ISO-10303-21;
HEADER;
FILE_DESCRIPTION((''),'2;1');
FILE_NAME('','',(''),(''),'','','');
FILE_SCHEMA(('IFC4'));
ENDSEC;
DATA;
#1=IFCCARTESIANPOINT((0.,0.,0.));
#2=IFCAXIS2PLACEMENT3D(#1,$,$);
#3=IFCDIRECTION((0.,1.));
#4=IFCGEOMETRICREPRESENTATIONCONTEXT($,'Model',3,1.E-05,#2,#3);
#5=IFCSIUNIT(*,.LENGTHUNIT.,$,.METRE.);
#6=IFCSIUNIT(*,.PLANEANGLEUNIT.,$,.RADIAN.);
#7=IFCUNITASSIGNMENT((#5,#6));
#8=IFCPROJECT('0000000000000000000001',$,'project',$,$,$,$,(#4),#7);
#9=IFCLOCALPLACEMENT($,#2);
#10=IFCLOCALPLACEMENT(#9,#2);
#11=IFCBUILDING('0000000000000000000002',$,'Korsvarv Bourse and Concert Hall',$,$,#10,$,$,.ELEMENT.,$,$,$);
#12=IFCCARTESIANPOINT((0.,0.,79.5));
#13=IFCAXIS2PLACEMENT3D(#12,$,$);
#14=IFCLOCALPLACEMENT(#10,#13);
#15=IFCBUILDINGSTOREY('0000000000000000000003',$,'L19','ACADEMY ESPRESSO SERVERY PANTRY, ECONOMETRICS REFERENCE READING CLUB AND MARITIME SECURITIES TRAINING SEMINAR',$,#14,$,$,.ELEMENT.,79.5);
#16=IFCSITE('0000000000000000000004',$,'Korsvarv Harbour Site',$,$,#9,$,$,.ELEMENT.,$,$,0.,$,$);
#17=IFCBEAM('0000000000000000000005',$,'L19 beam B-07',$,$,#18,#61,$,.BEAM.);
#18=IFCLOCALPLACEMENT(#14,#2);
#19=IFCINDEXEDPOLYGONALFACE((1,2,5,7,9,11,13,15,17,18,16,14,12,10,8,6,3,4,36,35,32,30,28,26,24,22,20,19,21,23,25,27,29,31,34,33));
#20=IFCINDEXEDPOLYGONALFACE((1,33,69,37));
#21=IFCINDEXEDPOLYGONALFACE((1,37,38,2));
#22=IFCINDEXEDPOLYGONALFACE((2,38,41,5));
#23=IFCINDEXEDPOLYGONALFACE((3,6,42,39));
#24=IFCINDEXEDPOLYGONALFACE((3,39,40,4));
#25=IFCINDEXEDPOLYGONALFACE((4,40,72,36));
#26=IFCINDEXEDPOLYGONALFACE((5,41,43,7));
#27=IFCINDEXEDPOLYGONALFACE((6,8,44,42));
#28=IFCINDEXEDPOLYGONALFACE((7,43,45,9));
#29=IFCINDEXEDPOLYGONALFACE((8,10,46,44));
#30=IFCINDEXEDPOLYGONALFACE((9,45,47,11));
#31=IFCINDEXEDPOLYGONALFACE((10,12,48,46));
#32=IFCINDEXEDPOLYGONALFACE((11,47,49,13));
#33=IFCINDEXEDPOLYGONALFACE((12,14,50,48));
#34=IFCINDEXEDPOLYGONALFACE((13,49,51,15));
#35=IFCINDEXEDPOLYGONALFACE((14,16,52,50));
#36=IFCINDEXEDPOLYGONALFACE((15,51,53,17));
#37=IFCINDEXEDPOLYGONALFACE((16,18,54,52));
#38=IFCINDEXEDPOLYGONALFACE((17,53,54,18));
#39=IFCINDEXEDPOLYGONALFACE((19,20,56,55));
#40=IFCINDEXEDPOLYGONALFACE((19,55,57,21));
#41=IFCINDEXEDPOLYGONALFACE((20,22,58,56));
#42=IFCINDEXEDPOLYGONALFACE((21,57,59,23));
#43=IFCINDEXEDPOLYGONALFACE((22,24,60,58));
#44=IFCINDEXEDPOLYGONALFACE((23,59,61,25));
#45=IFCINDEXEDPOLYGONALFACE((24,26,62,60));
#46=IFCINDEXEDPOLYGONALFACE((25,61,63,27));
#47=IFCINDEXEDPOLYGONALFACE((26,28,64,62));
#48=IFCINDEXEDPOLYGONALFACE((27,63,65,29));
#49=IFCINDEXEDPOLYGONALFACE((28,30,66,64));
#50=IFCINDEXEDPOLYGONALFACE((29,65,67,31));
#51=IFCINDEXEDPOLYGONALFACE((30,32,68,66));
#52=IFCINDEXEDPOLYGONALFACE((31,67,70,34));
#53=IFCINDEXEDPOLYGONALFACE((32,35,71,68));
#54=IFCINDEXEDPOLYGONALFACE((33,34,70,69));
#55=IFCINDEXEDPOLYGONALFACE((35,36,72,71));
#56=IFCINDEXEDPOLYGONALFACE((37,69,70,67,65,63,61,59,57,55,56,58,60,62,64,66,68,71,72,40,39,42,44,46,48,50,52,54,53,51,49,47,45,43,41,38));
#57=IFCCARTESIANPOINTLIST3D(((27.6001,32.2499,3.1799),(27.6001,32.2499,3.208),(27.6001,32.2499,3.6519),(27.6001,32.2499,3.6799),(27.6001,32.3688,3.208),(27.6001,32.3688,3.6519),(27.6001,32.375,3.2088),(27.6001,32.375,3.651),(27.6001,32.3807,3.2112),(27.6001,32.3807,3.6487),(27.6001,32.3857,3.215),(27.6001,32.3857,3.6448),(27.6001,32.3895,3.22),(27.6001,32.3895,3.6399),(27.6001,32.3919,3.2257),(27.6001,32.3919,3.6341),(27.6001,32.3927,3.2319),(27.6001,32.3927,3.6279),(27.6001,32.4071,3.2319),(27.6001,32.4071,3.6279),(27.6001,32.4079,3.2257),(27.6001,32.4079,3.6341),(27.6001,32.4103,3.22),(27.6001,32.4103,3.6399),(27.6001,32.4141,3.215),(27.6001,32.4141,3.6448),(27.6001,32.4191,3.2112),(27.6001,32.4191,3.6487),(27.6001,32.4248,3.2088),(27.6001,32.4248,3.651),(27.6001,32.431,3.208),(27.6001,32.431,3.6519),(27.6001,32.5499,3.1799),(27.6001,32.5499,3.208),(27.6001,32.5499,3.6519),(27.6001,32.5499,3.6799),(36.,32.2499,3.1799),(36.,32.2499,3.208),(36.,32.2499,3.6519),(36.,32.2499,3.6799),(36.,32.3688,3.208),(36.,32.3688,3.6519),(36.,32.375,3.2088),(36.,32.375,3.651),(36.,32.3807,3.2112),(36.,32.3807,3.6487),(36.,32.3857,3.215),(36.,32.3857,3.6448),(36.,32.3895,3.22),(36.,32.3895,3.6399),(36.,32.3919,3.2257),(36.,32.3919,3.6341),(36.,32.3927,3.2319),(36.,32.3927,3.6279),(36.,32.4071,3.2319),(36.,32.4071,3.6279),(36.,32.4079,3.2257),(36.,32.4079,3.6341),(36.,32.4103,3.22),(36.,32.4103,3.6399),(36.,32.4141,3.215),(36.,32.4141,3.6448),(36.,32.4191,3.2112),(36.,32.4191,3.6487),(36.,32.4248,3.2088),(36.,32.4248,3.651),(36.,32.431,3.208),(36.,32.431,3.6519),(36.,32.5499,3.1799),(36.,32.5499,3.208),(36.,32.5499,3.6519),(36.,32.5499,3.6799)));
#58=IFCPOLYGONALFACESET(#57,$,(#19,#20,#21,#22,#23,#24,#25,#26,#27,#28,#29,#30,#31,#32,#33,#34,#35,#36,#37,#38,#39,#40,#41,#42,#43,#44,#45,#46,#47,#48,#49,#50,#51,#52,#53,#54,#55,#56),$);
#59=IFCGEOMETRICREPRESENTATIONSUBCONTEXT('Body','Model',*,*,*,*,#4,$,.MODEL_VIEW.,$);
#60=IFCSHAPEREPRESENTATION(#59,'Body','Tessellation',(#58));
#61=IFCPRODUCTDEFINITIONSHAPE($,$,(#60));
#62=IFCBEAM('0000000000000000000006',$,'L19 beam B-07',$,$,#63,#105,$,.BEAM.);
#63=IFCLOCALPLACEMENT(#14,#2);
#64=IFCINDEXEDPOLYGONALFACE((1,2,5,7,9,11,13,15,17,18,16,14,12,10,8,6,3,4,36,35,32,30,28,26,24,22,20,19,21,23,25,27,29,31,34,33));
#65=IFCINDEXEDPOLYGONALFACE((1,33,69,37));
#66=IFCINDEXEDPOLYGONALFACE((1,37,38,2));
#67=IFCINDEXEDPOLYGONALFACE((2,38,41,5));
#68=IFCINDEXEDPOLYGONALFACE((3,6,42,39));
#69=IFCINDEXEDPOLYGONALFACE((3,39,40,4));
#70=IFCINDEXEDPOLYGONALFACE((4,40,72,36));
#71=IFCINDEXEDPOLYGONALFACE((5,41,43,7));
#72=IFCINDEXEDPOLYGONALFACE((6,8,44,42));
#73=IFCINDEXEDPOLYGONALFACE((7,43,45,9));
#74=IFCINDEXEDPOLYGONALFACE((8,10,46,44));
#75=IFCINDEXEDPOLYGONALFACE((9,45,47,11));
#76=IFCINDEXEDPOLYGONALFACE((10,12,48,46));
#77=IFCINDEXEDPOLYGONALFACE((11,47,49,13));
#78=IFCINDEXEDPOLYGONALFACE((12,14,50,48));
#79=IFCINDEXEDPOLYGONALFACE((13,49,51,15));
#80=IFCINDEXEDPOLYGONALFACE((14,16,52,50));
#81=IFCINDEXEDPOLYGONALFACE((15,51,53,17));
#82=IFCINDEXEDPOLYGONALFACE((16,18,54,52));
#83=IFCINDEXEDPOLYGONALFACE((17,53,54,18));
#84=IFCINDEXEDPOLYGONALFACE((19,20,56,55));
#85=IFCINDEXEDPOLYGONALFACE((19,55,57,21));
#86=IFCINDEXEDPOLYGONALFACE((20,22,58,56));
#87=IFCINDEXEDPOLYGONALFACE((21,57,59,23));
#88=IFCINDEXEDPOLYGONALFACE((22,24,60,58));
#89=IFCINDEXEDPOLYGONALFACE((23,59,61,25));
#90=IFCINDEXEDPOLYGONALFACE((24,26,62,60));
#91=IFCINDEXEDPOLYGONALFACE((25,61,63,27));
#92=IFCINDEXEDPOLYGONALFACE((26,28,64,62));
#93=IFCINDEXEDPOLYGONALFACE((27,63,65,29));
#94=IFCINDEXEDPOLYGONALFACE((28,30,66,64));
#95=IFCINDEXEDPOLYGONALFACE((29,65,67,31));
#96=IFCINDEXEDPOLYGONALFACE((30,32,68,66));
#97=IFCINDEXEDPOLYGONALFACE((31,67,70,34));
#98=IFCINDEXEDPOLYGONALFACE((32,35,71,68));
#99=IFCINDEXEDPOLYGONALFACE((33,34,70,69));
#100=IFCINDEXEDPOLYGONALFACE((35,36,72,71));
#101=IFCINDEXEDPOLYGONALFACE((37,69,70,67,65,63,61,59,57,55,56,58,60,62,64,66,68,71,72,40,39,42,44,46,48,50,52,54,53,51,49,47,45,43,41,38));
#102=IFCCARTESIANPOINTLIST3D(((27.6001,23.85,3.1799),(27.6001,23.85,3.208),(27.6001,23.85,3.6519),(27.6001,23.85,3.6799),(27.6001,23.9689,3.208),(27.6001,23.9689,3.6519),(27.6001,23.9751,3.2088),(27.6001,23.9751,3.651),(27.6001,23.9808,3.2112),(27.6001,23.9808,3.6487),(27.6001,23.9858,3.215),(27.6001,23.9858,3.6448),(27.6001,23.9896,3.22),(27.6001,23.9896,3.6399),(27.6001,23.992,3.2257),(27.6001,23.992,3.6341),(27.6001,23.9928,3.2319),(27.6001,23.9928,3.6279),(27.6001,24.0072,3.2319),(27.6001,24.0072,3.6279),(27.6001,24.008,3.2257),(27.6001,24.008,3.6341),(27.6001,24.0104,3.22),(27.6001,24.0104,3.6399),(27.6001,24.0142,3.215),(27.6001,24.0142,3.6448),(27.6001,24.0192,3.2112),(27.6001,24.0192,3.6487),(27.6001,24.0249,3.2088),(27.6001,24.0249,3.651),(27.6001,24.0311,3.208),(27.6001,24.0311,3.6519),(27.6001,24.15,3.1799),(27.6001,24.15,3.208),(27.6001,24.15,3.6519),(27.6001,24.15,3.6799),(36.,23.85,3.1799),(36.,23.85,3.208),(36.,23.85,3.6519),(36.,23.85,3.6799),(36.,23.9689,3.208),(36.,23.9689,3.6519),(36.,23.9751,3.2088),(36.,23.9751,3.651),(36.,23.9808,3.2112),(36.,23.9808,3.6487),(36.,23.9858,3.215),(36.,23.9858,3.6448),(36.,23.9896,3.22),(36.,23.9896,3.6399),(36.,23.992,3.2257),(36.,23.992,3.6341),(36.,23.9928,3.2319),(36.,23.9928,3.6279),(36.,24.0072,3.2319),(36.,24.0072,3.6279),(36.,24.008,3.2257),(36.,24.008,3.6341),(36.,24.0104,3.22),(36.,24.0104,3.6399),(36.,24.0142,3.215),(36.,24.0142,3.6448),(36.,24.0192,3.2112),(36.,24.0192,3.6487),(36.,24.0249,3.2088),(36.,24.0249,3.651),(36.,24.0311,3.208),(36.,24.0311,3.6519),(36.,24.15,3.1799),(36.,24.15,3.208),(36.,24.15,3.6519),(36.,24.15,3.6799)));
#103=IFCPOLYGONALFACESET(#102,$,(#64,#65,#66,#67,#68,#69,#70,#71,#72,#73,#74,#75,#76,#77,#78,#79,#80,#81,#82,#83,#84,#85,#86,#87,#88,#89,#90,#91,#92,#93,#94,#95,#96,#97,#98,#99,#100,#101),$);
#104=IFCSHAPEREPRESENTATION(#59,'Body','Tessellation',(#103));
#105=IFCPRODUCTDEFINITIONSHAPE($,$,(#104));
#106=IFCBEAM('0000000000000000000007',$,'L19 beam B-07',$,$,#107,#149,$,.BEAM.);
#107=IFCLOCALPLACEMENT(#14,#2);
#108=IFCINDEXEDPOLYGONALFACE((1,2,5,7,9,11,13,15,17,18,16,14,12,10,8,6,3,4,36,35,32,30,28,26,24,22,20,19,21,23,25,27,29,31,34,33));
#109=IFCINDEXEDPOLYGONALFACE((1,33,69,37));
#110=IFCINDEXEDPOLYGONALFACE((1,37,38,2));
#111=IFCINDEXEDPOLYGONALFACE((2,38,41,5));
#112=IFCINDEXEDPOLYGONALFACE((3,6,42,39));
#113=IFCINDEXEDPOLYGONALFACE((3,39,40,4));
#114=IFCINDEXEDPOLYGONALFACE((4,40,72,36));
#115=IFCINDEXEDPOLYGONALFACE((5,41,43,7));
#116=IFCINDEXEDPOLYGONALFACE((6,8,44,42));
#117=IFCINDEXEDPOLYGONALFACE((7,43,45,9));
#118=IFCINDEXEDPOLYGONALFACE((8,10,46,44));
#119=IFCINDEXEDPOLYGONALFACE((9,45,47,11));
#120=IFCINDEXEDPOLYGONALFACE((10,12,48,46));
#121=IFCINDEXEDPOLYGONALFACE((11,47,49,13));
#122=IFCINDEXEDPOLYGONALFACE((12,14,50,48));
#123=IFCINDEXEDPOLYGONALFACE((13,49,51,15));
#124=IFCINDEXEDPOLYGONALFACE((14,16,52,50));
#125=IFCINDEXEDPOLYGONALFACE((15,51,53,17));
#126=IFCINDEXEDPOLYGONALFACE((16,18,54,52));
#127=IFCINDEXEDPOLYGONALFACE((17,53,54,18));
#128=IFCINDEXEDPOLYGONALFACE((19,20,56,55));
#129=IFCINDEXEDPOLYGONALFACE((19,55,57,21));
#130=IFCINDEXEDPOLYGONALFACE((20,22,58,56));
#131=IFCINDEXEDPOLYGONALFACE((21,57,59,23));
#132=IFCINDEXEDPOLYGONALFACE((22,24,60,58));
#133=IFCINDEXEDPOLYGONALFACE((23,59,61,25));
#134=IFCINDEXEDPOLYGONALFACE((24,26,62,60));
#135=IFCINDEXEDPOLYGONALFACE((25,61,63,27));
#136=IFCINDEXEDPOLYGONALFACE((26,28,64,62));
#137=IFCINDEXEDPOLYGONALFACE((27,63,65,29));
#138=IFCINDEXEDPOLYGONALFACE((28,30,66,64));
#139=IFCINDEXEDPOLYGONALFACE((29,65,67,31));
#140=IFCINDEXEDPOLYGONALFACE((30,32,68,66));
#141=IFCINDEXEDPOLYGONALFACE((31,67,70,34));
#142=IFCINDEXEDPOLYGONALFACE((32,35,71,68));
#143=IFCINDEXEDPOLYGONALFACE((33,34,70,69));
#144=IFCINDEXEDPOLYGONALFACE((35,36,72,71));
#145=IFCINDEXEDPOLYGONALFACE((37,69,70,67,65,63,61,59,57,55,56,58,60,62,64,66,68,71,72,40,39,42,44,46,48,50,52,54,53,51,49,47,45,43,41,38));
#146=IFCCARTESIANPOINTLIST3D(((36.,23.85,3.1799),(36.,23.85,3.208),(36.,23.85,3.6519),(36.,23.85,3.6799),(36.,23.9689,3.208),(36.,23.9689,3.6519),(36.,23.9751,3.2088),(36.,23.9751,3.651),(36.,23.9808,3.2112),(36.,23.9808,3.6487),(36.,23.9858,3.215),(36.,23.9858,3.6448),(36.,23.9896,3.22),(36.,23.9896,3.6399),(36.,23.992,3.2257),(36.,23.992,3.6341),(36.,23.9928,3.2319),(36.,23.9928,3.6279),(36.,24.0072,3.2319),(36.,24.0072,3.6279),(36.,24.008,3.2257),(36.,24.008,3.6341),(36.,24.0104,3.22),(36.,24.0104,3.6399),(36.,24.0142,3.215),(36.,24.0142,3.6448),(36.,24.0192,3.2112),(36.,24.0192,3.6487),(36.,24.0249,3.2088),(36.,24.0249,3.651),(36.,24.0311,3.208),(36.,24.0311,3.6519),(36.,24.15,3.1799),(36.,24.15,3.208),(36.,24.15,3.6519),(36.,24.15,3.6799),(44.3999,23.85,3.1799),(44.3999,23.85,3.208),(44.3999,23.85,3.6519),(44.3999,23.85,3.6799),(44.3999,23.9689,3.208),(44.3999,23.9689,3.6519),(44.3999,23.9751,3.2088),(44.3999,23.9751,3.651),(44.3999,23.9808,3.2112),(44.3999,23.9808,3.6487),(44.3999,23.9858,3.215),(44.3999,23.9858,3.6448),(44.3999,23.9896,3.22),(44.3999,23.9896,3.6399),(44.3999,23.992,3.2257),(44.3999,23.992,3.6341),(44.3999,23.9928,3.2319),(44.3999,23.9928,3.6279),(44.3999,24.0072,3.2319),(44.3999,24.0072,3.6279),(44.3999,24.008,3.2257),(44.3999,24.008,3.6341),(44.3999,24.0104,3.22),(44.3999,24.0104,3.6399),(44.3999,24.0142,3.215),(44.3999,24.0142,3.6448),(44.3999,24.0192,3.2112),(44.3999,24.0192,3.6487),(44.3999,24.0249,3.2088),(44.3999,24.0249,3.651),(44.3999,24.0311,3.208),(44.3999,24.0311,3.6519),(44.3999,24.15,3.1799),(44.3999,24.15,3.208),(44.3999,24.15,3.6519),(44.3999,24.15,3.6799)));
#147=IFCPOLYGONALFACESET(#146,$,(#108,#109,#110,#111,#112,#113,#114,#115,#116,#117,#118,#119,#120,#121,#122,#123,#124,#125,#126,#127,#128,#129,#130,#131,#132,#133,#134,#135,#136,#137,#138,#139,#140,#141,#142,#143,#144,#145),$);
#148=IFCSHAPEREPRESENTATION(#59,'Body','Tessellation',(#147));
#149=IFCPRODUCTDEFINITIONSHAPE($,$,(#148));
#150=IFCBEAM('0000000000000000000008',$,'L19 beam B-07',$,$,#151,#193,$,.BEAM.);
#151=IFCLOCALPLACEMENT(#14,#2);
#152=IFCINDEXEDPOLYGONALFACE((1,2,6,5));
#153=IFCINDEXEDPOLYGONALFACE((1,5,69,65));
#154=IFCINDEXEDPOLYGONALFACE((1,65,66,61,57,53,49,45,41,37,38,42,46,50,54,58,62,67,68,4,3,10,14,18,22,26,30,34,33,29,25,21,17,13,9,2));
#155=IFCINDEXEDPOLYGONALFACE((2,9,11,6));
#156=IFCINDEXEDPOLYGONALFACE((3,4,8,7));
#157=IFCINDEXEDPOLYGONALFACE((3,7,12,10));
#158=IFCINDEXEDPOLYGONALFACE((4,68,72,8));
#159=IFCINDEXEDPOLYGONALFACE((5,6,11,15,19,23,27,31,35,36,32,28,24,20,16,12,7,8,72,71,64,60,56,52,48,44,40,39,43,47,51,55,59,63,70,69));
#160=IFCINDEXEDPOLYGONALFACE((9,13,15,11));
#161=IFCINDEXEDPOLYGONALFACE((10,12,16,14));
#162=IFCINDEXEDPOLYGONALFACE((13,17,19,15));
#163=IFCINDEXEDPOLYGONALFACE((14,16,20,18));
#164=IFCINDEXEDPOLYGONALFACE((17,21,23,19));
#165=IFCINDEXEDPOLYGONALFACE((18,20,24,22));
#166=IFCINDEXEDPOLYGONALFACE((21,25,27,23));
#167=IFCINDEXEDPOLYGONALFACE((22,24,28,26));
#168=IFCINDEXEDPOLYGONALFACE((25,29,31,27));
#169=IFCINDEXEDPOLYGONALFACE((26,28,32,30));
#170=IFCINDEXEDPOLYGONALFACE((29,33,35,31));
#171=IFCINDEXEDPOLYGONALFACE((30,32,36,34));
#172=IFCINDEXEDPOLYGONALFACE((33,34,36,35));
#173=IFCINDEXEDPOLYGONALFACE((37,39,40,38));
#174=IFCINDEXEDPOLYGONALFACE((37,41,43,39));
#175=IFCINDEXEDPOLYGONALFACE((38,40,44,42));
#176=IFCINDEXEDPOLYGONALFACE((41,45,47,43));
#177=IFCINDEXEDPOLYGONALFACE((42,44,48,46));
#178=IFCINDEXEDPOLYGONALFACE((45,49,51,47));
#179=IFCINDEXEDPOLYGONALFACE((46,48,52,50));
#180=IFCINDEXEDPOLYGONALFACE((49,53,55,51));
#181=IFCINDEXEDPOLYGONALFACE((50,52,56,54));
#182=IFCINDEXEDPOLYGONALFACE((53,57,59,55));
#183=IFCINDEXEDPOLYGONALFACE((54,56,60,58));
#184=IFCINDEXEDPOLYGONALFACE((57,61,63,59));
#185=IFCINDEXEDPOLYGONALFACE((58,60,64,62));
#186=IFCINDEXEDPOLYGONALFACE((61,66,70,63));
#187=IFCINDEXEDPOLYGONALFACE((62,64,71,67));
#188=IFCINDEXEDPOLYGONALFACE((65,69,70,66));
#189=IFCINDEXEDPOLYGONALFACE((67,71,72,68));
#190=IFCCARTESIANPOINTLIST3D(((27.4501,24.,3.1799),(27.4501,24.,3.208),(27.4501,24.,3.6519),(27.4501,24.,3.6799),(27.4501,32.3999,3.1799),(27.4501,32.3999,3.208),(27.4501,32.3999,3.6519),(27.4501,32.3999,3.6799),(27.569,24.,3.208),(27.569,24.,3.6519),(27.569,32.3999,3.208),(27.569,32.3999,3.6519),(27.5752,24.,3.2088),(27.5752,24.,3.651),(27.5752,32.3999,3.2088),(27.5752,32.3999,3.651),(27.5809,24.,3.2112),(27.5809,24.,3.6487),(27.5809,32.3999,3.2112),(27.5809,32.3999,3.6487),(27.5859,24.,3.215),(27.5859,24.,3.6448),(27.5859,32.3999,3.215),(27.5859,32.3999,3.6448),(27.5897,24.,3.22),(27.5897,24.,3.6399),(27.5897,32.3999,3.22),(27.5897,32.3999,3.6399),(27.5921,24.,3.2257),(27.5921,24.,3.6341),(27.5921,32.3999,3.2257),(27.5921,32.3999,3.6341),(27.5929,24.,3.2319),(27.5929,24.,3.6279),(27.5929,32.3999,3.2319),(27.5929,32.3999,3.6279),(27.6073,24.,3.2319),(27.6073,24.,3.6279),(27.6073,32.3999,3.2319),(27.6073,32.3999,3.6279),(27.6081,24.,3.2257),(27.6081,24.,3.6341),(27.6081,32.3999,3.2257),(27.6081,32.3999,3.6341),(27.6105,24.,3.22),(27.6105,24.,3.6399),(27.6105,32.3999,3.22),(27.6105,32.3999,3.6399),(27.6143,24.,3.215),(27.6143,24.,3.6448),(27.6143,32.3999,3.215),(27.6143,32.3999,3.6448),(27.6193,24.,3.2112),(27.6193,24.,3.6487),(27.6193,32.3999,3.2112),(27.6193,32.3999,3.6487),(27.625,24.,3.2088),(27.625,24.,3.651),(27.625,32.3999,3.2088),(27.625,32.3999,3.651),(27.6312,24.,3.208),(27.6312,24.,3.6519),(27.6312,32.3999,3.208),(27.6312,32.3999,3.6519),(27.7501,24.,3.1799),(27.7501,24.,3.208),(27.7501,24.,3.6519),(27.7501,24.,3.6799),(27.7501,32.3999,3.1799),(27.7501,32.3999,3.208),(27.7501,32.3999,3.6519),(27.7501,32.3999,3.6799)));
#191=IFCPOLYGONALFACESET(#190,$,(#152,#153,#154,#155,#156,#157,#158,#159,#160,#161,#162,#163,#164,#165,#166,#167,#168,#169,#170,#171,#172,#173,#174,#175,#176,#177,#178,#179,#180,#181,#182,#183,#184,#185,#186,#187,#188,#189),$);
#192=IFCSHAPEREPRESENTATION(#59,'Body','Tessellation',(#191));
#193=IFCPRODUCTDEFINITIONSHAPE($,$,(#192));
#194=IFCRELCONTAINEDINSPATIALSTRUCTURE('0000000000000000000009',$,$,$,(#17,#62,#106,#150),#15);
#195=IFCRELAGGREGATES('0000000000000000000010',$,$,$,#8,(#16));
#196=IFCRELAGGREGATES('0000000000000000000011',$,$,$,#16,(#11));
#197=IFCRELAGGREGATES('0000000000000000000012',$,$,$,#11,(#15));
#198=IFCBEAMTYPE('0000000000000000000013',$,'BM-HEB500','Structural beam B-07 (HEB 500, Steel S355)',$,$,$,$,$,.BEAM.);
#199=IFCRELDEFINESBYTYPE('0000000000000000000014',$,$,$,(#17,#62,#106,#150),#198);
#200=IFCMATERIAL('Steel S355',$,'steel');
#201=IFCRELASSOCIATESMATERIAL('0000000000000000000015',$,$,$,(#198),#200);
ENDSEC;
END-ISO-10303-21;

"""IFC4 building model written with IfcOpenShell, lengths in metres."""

from ifc_helpers import new_model, si_unit, direction, frame, origin, origin_2d, place, context, subcontext, project, spatial, i_section, extrude, source, transform, mapped, material, material_profile, profile_set, type_object, element, save


model = new_model("IFC4")

# Units and contexts
model_context = context("Model", 3, precision=1e-05, world=origin(), true_north=direction((0.0, 1.0)))
body_context = subcontext(model_context, "Body", "Model", "MODEL_VIEW")
ifc_project = project(units=[si_unit("LENGTHUNIT", "METRE"), si_unit("PLANEANGLEUNIT", "RADIAN")], contexts=[model_context])

# Site, building, storey
site_placement = place(None, origin())
site = spatial("IfcSite", under=ifc_project, at=site_placement, Name="Korsvarv Harbour Site", CompositionType="ELEMENT", RefElevation=0.0)
building_placement = place(site_placement, origin())
building = spatial("IfcBuilding", under=site, at=building_placement, Name="Korsvarv Bourse and Concert Hall", CompositionType="ELEMENT")
storey_placement = place(building_placement, frame((0.0, 0.0, 79.5)))
storey = spatial("IfcBuildingStorey", under=building, at=storey_placement, Name="L19", Description="ACADEMY ESPRESSO SERVERY PANTRY, ECONOMETRICS REFERENCE READING CLUB AND MARITIME SECURITIES TRAINING SEMINAR", CompositionType="ELEMENT", Elevation=79.5)

# Beams
ifc_material_1 = material(Name="Steel S355", Category="steel")
ifc_material_profile_1 = material_profile(ifc_material_1, i_section(OverallWidth=0.3, OverallDepth=0.5, WebThickness=0.0144, FlangeThickness=0.0281, FilletRadius=0.0239, at=origin_2d()), Name="HEB 500")
ifc_profile_set_1 = profile_set([ifc_material_profile_1], Name="Steel S355")
beam_type_1 = type_object("IfcBeamType", Name="BM-HEB500", Description="Structural beam B-07 (HEB 500, Steel S355)", PredefinedType="BEAM", material=ifc_profile_set_1)
shared_shape_1 = source(origin(), body_context, "Body", "SweptSolid", [
    extrude(i_section(OverallWidth=0.3, OverallDepth=0.5, WebThickness=0.0144, FlangeThickness=0.0281, FilletRadius=0.0239, at=origin_2d()), origin(), (0.0, 0.0, 1.0), 8.3999),
])
for number, where, z_axis, x_axis, name in (
    (1, (27.6001, 32.3999, 3.4299), (1.0, 0.0, 0.0), (0.0, 1.0, 0.0), "L19 beam B-07"),
    (2, (27.6001, 24.0, 3.4299), (1.0, 0.0, 0.0), (0.0, 1.0, 0.0), "L19 beam B-07"),
    (3, (36.0, 24.0, 3.4299), (1.0, 0.0, 0.0), (0.0, 1.0, 0.0), "L19 beam B-07"),
    (4, (27.6001, 24.0, 3.4299), (0.0, 1.0, 0.0), (-1.0, 0.0, 0.0), "L19 beam B-07"),
):
    element("IfcBeam", number, at=place(storey_placement, frame(where, z_axis=z_axis, x_axis=x_axis)), inside=storey, type_object=beam_type_1, Name=name, PredefinedType="BEAM", context=body_context, shape_type="MappedRepresentation", body=[
        mapped(shared_shape_1, transform((0.0, 0.0, 0.0), scale=1.0)),
    ])

save(model, "model.ifc")
